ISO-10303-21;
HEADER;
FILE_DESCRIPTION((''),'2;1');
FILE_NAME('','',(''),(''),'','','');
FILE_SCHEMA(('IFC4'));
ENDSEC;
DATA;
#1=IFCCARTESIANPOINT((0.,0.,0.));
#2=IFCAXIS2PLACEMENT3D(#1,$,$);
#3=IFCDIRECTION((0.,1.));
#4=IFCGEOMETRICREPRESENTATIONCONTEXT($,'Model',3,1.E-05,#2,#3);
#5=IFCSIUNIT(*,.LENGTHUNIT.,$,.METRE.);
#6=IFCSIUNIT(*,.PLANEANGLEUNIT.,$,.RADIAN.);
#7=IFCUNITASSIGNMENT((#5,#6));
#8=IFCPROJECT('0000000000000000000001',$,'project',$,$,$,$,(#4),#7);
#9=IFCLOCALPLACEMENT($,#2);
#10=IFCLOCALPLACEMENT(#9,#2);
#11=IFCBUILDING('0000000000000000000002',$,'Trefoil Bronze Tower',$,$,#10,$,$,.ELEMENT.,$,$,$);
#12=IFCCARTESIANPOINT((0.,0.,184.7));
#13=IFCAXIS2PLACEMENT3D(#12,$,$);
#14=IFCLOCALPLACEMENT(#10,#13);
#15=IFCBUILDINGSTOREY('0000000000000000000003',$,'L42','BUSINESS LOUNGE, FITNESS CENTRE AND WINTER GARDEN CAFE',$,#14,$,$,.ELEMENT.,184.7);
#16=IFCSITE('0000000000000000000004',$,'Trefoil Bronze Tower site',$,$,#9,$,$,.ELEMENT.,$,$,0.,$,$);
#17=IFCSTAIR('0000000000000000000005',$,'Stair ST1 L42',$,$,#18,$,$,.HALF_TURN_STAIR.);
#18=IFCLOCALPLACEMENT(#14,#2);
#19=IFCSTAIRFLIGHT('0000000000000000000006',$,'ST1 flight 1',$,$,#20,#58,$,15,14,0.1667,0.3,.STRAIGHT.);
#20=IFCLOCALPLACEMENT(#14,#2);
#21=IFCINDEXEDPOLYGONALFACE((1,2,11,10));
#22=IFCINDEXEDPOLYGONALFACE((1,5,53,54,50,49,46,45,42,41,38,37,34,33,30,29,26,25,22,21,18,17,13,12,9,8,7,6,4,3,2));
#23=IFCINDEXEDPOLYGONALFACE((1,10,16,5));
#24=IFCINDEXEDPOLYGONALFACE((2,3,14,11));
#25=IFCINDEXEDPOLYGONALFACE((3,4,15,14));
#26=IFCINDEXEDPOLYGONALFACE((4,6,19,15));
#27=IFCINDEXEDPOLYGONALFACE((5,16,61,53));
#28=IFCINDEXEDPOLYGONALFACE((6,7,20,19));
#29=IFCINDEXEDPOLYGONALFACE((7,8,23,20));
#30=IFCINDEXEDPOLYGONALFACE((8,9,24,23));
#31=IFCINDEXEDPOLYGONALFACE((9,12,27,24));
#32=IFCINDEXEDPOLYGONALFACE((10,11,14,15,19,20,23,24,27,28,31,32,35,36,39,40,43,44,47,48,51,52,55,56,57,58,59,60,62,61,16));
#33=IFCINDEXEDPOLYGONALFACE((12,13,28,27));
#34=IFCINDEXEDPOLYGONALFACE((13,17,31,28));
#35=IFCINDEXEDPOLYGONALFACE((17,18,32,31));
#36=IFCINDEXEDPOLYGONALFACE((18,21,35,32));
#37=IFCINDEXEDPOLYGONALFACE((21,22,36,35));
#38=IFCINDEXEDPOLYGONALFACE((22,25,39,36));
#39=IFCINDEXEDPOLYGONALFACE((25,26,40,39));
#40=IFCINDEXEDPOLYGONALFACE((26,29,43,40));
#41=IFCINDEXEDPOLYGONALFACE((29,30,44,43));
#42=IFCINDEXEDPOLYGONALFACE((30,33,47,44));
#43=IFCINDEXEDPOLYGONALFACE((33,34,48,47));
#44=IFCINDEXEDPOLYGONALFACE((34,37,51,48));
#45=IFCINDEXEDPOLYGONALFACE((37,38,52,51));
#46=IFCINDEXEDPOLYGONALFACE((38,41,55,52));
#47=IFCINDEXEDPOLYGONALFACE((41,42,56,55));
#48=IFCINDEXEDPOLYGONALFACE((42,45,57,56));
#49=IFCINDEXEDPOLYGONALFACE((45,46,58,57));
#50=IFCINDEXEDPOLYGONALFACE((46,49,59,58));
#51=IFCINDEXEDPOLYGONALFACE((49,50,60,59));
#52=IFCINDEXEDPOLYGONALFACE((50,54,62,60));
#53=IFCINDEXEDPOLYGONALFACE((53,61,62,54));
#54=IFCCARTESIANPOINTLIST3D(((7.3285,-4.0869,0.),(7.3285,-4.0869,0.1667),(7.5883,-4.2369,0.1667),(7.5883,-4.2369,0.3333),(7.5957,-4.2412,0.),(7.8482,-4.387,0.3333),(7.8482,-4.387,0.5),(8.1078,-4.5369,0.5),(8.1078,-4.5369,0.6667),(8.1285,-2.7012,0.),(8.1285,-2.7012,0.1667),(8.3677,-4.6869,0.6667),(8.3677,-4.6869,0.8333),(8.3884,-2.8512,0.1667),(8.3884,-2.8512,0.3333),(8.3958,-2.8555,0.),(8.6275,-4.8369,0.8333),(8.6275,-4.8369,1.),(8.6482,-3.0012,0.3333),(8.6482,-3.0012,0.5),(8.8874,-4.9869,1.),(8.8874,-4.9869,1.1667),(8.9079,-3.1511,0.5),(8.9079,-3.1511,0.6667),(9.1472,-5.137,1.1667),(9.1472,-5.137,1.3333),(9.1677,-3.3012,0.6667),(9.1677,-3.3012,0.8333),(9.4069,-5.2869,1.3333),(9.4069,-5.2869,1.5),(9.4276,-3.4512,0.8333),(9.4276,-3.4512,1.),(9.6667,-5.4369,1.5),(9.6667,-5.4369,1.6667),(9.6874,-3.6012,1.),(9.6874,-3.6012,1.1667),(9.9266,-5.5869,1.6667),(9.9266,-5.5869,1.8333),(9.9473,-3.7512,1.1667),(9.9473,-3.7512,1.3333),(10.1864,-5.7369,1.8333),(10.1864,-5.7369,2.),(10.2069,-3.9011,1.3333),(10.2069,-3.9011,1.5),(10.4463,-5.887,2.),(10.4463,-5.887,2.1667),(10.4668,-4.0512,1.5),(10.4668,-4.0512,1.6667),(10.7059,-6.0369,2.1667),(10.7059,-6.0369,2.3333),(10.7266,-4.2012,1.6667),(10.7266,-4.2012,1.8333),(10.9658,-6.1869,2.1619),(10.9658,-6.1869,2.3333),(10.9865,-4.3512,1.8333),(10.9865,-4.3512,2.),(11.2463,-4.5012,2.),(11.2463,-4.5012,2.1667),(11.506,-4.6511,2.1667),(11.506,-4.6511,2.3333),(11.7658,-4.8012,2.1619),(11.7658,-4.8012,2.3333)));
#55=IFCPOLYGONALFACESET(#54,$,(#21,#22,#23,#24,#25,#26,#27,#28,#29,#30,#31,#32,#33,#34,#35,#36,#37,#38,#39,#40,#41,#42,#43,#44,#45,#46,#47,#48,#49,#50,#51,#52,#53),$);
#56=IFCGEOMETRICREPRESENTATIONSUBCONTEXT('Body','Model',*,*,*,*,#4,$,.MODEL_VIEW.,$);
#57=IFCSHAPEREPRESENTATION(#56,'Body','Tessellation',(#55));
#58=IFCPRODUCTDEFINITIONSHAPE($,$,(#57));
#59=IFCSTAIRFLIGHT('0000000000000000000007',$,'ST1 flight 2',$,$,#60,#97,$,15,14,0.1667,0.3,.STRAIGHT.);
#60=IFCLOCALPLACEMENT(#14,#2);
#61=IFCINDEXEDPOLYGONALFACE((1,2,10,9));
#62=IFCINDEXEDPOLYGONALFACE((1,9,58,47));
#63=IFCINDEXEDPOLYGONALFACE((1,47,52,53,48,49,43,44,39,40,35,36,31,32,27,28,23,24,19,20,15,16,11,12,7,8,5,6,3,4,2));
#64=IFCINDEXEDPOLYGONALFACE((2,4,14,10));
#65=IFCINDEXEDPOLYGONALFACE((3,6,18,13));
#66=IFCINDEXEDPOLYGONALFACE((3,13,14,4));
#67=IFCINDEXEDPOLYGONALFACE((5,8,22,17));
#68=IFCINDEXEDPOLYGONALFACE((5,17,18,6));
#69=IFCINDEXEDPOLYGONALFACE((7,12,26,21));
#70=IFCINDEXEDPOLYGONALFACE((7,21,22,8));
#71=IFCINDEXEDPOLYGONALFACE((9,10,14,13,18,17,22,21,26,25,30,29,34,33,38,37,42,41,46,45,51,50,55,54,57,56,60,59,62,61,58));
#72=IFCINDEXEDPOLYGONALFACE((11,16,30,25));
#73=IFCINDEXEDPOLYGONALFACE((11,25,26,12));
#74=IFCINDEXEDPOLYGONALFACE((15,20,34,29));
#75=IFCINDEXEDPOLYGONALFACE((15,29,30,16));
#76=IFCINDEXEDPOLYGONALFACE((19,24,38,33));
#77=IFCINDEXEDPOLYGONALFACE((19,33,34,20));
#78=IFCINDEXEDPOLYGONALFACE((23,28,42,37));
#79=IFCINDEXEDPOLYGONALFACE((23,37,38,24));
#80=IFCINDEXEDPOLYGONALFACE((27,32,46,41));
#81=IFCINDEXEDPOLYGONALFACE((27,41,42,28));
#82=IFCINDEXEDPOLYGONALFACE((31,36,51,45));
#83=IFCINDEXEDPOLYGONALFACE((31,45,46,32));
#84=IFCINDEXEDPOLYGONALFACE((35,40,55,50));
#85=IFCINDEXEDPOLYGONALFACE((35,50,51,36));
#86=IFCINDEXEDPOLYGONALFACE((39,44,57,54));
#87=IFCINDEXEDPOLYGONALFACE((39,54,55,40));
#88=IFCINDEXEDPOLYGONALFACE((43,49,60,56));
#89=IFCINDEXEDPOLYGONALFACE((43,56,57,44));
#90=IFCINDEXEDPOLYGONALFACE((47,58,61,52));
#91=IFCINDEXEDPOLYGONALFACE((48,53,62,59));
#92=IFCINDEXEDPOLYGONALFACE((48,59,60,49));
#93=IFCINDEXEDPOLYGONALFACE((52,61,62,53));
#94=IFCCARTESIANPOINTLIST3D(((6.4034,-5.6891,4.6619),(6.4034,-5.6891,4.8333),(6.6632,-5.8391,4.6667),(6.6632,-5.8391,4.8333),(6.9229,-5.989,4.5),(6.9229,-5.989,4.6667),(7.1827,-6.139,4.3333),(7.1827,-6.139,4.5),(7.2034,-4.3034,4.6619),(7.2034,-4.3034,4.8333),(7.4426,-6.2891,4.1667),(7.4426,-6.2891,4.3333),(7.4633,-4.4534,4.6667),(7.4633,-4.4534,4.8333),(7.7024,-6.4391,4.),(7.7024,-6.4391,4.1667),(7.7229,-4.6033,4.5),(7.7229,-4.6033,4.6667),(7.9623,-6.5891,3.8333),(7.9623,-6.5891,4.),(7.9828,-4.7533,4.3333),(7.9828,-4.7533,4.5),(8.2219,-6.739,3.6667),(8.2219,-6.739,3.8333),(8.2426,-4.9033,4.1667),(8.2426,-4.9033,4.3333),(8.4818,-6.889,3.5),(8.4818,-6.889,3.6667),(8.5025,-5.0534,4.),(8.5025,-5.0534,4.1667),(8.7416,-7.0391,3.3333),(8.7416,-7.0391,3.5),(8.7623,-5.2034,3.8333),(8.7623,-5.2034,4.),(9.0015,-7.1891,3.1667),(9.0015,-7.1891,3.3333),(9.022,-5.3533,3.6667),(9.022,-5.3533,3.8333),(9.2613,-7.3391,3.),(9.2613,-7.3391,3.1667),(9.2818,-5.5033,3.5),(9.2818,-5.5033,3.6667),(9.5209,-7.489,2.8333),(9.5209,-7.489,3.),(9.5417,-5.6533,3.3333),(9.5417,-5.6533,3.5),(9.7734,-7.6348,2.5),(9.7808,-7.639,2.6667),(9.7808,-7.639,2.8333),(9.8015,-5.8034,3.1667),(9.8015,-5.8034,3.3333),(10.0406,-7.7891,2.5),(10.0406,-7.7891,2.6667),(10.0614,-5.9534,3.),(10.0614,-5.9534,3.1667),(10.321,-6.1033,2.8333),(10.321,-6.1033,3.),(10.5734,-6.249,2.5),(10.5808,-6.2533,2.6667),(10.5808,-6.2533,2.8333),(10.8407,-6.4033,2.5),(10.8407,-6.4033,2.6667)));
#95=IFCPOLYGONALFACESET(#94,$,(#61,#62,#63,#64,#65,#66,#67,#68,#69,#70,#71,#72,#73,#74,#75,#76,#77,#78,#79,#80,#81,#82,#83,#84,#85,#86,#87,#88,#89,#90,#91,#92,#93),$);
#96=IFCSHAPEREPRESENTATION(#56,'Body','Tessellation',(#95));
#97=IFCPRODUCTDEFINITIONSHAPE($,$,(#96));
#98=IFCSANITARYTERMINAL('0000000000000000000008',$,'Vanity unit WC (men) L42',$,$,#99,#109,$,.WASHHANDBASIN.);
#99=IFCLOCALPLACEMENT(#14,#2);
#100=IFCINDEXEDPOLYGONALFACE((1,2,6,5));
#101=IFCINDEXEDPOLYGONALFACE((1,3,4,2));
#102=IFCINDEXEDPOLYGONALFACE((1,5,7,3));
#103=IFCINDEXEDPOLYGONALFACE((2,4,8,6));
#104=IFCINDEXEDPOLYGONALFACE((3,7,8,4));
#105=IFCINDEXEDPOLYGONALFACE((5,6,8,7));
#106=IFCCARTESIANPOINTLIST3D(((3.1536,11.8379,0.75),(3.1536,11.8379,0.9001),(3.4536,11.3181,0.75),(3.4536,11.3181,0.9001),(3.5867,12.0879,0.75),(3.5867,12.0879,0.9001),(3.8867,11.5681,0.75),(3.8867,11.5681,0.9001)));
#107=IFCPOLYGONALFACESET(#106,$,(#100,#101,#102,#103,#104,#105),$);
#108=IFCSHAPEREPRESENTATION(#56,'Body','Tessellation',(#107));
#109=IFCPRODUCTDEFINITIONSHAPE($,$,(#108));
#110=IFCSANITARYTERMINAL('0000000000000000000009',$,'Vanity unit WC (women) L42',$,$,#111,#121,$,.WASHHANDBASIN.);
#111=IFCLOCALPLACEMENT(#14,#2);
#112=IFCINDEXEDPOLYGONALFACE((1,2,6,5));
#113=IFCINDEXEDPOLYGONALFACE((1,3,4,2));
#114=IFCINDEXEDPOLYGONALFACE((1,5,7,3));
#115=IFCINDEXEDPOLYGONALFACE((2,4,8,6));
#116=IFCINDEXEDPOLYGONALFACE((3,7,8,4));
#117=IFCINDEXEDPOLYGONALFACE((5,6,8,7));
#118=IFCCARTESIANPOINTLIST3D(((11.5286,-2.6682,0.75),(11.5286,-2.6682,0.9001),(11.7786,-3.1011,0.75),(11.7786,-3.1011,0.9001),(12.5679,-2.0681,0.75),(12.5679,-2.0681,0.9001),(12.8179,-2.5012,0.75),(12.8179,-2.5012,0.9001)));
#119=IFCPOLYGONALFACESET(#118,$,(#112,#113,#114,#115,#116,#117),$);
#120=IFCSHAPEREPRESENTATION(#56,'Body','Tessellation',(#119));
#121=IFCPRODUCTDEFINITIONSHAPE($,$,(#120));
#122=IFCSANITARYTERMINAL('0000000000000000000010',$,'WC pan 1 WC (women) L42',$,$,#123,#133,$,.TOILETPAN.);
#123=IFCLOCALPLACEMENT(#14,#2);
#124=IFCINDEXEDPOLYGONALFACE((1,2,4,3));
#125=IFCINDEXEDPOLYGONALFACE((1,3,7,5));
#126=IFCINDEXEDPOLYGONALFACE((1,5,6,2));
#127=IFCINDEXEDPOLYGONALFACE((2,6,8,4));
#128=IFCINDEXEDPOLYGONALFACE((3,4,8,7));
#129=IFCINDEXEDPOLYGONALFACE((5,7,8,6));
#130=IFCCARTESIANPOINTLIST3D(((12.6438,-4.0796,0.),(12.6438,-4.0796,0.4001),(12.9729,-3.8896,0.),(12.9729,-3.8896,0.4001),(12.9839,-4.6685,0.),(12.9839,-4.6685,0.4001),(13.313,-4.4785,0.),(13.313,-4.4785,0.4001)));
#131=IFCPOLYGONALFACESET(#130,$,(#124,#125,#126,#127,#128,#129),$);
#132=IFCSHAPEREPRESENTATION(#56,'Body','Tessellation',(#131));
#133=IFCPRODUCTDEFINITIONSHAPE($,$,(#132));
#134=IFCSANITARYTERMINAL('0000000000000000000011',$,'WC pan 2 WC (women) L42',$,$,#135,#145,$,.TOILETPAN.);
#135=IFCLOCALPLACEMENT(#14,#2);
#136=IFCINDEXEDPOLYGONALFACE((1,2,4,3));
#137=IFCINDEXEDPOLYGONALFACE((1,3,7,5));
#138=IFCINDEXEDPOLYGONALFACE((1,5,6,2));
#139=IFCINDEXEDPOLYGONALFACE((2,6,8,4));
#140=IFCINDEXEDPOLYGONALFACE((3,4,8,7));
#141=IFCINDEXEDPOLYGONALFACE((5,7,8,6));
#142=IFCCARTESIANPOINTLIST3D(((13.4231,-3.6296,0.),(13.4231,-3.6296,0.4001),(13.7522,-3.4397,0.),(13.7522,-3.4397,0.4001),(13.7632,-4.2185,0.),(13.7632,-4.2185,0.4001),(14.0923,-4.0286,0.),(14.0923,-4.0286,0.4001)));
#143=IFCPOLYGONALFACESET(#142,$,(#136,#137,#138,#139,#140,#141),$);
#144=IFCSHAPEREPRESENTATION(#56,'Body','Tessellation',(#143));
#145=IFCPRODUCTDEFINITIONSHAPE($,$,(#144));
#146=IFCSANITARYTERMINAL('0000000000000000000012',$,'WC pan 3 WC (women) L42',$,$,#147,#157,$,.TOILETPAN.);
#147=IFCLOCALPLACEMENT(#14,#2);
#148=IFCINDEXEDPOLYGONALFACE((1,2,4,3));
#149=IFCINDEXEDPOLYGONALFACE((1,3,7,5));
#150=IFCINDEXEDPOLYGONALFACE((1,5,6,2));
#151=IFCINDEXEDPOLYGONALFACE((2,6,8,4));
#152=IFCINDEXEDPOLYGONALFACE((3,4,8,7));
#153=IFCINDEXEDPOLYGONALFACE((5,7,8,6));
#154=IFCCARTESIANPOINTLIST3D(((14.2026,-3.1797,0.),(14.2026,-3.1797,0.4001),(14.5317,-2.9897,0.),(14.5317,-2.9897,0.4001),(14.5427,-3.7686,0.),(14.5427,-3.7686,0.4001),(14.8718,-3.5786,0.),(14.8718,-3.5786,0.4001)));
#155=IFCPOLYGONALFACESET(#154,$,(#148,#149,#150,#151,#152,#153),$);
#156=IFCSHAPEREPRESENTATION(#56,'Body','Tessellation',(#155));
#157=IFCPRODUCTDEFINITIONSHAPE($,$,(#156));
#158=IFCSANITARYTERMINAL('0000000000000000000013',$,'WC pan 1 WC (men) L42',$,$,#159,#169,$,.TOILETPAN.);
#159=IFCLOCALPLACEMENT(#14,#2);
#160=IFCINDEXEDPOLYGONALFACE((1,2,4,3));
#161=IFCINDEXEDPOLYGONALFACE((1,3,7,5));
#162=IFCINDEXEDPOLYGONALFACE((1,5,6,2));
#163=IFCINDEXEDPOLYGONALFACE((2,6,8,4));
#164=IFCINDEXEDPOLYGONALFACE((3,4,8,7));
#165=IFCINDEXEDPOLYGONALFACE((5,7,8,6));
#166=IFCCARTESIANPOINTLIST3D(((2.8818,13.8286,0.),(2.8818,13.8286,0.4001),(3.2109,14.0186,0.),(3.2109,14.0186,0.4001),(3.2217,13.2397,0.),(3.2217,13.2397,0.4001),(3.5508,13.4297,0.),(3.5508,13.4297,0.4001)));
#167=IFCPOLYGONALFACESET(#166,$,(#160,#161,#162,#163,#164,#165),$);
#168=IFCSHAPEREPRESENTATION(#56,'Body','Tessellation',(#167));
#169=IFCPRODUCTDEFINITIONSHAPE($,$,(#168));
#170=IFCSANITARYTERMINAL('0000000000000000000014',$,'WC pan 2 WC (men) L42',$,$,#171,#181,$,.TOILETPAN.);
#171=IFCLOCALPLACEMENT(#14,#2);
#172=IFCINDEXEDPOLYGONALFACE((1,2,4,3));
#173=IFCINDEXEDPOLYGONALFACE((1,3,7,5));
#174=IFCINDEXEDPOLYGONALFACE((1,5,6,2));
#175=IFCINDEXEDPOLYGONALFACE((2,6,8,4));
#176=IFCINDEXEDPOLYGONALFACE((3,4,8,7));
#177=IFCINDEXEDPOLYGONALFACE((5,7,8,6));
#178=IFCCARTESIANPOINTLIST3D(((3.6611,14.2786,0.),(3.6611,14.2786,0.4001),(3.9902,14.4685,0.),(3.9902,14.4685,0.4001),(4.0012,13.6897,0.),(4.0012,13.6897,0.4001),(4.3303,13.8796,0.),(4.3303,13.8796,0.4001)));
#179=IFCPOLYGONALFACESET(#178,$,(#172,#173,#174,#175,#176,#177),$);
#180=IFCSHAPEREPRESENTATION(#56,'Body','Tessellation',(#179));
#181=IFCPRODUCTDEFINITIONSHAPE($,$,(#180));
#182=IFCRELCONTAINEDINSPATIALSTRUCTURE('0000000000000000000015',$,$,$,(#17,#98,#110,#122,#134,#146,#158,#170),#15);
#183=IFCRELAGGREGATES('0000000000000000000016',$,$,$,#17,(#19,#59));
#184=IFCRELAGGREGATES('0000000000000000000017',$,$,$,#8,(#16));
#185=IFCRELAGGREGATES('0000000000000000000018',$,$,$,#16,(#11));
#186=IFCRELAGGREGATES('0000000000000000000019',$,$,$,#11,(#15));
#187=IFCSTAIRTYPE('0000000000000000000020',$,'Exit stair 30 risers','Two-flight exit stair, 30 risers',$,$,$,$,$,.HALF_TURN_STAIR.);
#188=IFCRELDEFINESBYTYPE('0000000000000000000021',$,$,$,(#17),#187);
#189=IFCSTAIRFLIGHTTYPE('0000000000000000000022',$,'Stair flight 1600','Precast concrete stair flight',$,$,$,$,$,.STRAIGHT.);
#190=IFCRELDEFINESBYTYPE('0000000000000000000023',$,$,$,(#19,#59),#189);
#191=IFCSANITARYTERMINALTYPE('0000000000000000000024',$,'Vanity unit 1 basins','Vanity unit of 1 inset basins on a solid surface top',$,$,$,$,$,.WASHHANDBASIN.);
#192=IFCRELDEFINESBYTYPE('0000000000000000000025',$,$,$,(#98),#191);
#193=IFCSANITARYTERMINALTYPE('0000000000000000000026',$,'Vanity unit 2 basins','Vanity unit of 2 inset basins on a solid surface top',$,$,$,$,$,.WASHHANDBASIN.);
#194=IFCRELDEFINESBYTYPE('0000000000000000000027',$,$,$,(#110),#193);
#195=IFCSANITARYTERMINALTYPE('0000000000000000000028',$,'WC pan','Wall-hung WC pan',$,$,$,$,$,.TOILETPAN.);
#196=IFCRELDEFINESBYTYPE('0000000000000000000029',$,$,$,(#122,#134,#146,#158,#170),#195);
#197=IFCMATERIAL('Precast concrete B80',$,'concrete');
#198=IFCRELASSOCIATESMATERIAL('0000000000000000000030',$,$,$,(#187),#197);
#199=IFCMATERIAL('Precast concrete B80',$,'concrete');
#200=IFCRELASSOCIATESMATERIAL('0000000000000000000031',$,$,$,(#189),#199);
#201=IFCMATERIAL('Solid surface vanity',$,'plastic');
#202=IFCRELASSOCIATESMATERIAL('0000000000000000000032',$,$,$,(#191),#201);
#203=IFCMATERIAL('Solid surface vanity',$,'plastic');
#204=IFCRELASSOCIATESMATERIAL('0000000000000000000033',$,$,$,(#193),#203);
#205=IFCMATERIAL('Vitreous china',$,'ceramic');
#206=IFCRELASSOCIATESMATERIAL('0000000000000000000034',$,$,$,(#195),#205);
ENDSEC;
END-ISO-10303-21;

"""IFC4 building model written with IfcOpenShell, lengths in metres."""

from ifc_helpers import new_model, si_unit, direction, frame, origin, place, context, subcontext, project, spatial, polyline, outline, extrude, material, type_object, element, aggregate, save


model = new_model("IFC4")

# Units and contexts
model_context = context("Model", 3, precision=1e-05, world=origin(), true_north=direction((0.0, 1.0)))
body_context = subcontext(model_context, "Body", "Model", "MODEL_VIEW")
ifc_project = project(units=[si_unit("LENGTHUNIT", "METRE"), si_unit("PLANEANGLEUNIT", "RADIAN")], contexts=[model_context])

# Site, building, storey
site_placement = place(None, origin())
site = spatial("IfcSite", under=ifc_project, at=site_placement, Name="Trefoil Bronze Tower site", CompositionType="ELEMENT", RefElevation=0.0)
building_placement = place(site_placement, origin())
building = spatial("IfcBuilding", under=site, at=building_placement, Name="Trefoil Bronze Tower", CompositionType="ELEMENT")
storey_placement = place(building_placement, frame((0.0, 0.0, 184.7)))
storey = spatial("IfcBuildingStorey", under=building, at=storey_placement, Name="L42", Description="BUSINESS LOUNGE, FITNESS CENTRE AND WINTER GARDEN CAFE", CompositionType="ELEMENT", Elevation=184.7)

# Stair, stair flights
ifc_material_1 = material(Name="Precast concrete B80", Category="concrete")
stair_type = type_object("IfcStairType", Name="Exit stair 30 risers", Description="Two-flight exit stair, 30 risers", PredefinedType="HALF_TURN_STAIR", material=ifc_material_1)
stair_placement = place(storey_placement, origin())
stair = element("IfcStair", 1, at=stair_placement, inside=storey, type_object=stair_type, Name="Stair ST1 L42", PredefinedType="HALF_TURN_STAIR")
ifc_material_2 = material(Name="Precast concrete B80", Category="concrete")
stair_flight_type = type_object("IfcStairFlightType", Name="Stair flight 1600", Description="Precast concrete stair flight", PredefinedType="STRAIGHT", material=ifc_material_2)
stair_flight_1_placement = place(storey_placement, frame((7.7285, -3.394, 0.0), z_axis=(0.0, 0.0, 1.0), x_axis=(0.866025, -0.5, 0.0)))
stair_flight_1 = element("IfcStairFlight", 2, at=stair_flight_1_placement, type_object=stair_flight_type, Name="ST1 flight 1", NumberOfRisers=15, NumberOfTreads=14, PredefinedType="STRAIGHT", RiserHeight=0.1667, TreadLength=0.3, context=body_context, shape_type="SweptSolid", body=[
    extrude(outline(polyline([(0.0, 0.0), (0.0, 0.1667), (0.3, 0.1667), (0.3, 0.3333), (0.6001, 0.3333), (0.6001, 0.5), (0.8999, 0.5), (0.8999, 0.6667), (1.2, 0.6667), (1.2, 0.8333), (1.5, 0.8333), (1.5, 1.0), (1.8, 1.0), (1.8, 1.1667), (2.1001, 1.1667), (2.1001, 1.3333), (2.3999, 1.3333), (2.3999, 1.5), (2.7, 1.5), (2.7, 1.6667), (3.0, 1.6667), (3.0, 1.8333), (3.3, 1.8333), (3.3, 2.0), (3.6001, 2.0), (3.6001, 2.1667), (3.8999, 2.1667), (3.8999, 2.3333), (4.2, 2.3333), (4.2, 2.5), (4.2, 2.1619), (0.3086, 0.0), (0.0, 0.0)])), frame((0.0, 0.8, 0.0), z_axis=(0.0, -1.0, 0.0), x_axis=(1.0, 0.0, 0.0)), (0.0, 0.0, 1.0), 1.6001),
])
stair_flight_2_placement = place(storey_placement, frame((10.4407, -7.0962, 2.5), z_axis=(0.0, 0.0, 1.0), x_axis=(-0.866025, 0.5, 0.0)))
stair_flight_2 = element("IfcStairFlight", 3, at=stair_flight_2_placement, type_object=stair_flight_type, Name="ST1 flight 2", NumberOfRisers=15, NumberOfTreads=14, PredefinedType="STRAIGHT", RiserHeight=0.1667, TreadLength=0.3, context=body_context, shape_type="SweptSolid", body=[
    extrude(outline(polyline([(0.0, 0.0), (0.0, 0.1667), (0.3, 0.1667), (0.3, 0.3333), (0.6001, 0.3333), (0.6001, 0.5), (0.8999, 0.5), (0.8999, 0.6667), (1.2, 0.6667), (1.2, 0.8333), (1.5, 0.8333), (1.5, 1.0), (1.8, 1.0), (1.8, 1.1667), (2.1001, 1.1667), (2.1001, 1.3333), (2.3999, 1.3333), (2.3999, 1.5), (2.7, 1.5), (2.7, 1.6667), (3.0, 1.6667), (3.0, 1.8333), (3.3, 1.8333), (3.3, 2.0), (3.6001, 2.0), (3.6001, 2.1667), (3.8999, 2.1667), (3.8999, 2.3333), (4.2, 2.3333), (4.2, 2.5), (4.2, 2.1619), (0.3086, 0.0), (0.0, 0.0)])), frame((0.0, 0.8, 0.0), z_axis=(0.0, -1.0, 0.0), x_axis=(1.0, 0.0, 0.0)), (0.0, 0.0, 1.0), 1.6001),
])
aggregate(stair, [stair_flight_1, stair_flight_2])

# Sanitary terminals
ifc_material_3 = material(Name="Solid surface vanity", Category="plastic")
sanitary_terminal_type_1 = type_object("IfcSanitaryTerminalType", Name="Vanity unit 1 basins", Description="Vanity unit of 1 inset basins on a solid surface top", PredefinedType="WASHHANDBASIN", material=ifc_material_3)
sanitary_terminal_1_placement = place(storey_placement, frame((0.0, 0.0, 0.75)))
element("IfcSanitaryTerminal", 4, at=sanitary_terminal_1_placement, inside=storey, type_object=sanitary_terminal_type_1, Name="Vanity unit WC (men) L42", PredefinedType="WASHHANDBASIN", context=body_context, shape_type="SweptSolid", body=[
    extrude(outline(polyline([(3.4536, 11.3181), (3.1536, 11.8379), (3.5867, 12.0879), (3.8867, 11.5681), (3.4536, 11.3181)])), origin(), (0.0, 0.0, 1.0), 0.1501),
])
ifc_material_4 = material(Name="Solid surface vanity", Category="plastic")
sanitary_terminal_type_2 = type_object("IfcSanitaryTerminalType", Name="Vanity unit 2 basins", Description="Vanity unit of 2 inset basins on a solid surface top", PredefinedType="WASHHANDBASIN", material=ifc_material_4)
sanitary_terminal_2_placement = place(storey_placement, frame((0.0, 0.0, 0.75)))
element("IfcSanitaryTerminal", 5, at=sanitary_terminal_2_placement, inside=storey, type_object=sanitary_terminal_type_2, Name="Vanity unit WC (women) L42", PredefinedType="WASHHANDBASIN", context=body_context, shape_type="SweptSolid", body=[
    extrude(outline(polyline([(11.5286, -2.6682), (11.7786, -3.1011), (12.8179, -2.5012), (12.5679, -2.0681), (11.5286, -2.6682)])), origin(), (0.0, 0.0, 1.0), 0.1501),
])
ifc_material_5 = material(Name="Vitreous china", Category="ceramic")
sanitary_terminal_type_3 = type_object("IfcSanitaryTerminalType", Name="WC pan", Description="Wall-hung WC pan", PredefinedType="TOILETPAN", material=ifc_material_5)
sanitary_terminal_3_placement = place(storey_placement, origin())
element("IfcSanitaryTerminal", 6, at=sanitary_terminal_3_placement, inside=storey, type_object=sanitary_terminal_type_3, Name="WC pan 1 WC (women) L42", PredefinedType="TOILETPAN", context=body_context, shape_type="SweptSolid", body=[
    extrude(outline(polyline([(12.6438, -4.0796), (12.9839, -4.6685), (13.313, -4.4785), (12.9729, -3.8896), (12.6438, -4.0796)])), origin(), (0.0, 0.0, 1.0), 0.4001),
])
sanitary_terminal_4_placement = place(storey_placement, origin())
element("IfcSanitaryTerminal", 7, at=sanitary_terminal_4_placement, inside=storey, type_object=sanitary_terminal_type_3, Name="WC pan 2 WC (women) L42", PredefinedType="TOILETPAN", context=body_context, shape_type="SweptSolid", body=[
    extrude(outline(polyline([(13.4231, -3.6296), (13.7632, -4.2185), (14.0923, -4.0286), (13.7522, -3.4397), (13.4231, -3.6296)])), origin(), (0.0, 0.0, 1.0), 0.4001),
])
sanitary_terminal_5_placement = place(storey_placement, origin())
element("IfcSanitaryTerminal", 8, at=sanitary_terminal_5_placement, inside=storey, type_object=sanitary_terminal_type_3, Name="WC pan 3 WC (women) L42", PredefinedType="TOILETPAN", context=body_context, shape_type="SweptSolid", body=[
    extrude(outline(polyline([(14.2026, -3.1797), (14.5427, -3.7686), (14.8718, -3.5786), (14.5317, -2.9897), (14.2026, -3.1797)])), origin(), (0.0, 0.0, 1.0), 0.4001),
])
sanitary_terminal_6_placement = place(storey_placement, origin())
element("IfcSanitaryTerminal", 9, at=sanitary_terminal_6_placement, inside=storey, type_object=sanitary_terminal_type_3, Name="WC pan 1 WC (men) L42", PredefinedType="TOILETPAN", context=body_context, shape_type="SweptSolid", body=[
    extrude(outline(polyline([(3.2217, 13.2397), (2.8818, 13.8286), (3.2109, 14.0186), (3.5508, 13.4297), (3.2217, 13.2397)])), origin(), (0.0, 0.0, 1.0), 0.4001),
])
sanitary_terminal_7_placement = place(storey_placement, origin())
element("IfcSanitaryTerminal", 10, at=sanitary_terminal_7_placement, inside=storey, type_object=sanitary_terminal_type_3, Name="WC pan 2 WC (men) L42", PredefinedType="TOILETPAN", context=body_context, shape_type="SweptSolid", body=[
    extrude(outline(polyline([(4.0012, 13.6897), (3.6611, 14.2786), (3.9902, 14.4685), (4.3303, 13.8796), (4.0012, 13.6897)])), origin(), (0.0, 0.0, 1.0), 0.4001),
])

save(model, "model.ifc")
